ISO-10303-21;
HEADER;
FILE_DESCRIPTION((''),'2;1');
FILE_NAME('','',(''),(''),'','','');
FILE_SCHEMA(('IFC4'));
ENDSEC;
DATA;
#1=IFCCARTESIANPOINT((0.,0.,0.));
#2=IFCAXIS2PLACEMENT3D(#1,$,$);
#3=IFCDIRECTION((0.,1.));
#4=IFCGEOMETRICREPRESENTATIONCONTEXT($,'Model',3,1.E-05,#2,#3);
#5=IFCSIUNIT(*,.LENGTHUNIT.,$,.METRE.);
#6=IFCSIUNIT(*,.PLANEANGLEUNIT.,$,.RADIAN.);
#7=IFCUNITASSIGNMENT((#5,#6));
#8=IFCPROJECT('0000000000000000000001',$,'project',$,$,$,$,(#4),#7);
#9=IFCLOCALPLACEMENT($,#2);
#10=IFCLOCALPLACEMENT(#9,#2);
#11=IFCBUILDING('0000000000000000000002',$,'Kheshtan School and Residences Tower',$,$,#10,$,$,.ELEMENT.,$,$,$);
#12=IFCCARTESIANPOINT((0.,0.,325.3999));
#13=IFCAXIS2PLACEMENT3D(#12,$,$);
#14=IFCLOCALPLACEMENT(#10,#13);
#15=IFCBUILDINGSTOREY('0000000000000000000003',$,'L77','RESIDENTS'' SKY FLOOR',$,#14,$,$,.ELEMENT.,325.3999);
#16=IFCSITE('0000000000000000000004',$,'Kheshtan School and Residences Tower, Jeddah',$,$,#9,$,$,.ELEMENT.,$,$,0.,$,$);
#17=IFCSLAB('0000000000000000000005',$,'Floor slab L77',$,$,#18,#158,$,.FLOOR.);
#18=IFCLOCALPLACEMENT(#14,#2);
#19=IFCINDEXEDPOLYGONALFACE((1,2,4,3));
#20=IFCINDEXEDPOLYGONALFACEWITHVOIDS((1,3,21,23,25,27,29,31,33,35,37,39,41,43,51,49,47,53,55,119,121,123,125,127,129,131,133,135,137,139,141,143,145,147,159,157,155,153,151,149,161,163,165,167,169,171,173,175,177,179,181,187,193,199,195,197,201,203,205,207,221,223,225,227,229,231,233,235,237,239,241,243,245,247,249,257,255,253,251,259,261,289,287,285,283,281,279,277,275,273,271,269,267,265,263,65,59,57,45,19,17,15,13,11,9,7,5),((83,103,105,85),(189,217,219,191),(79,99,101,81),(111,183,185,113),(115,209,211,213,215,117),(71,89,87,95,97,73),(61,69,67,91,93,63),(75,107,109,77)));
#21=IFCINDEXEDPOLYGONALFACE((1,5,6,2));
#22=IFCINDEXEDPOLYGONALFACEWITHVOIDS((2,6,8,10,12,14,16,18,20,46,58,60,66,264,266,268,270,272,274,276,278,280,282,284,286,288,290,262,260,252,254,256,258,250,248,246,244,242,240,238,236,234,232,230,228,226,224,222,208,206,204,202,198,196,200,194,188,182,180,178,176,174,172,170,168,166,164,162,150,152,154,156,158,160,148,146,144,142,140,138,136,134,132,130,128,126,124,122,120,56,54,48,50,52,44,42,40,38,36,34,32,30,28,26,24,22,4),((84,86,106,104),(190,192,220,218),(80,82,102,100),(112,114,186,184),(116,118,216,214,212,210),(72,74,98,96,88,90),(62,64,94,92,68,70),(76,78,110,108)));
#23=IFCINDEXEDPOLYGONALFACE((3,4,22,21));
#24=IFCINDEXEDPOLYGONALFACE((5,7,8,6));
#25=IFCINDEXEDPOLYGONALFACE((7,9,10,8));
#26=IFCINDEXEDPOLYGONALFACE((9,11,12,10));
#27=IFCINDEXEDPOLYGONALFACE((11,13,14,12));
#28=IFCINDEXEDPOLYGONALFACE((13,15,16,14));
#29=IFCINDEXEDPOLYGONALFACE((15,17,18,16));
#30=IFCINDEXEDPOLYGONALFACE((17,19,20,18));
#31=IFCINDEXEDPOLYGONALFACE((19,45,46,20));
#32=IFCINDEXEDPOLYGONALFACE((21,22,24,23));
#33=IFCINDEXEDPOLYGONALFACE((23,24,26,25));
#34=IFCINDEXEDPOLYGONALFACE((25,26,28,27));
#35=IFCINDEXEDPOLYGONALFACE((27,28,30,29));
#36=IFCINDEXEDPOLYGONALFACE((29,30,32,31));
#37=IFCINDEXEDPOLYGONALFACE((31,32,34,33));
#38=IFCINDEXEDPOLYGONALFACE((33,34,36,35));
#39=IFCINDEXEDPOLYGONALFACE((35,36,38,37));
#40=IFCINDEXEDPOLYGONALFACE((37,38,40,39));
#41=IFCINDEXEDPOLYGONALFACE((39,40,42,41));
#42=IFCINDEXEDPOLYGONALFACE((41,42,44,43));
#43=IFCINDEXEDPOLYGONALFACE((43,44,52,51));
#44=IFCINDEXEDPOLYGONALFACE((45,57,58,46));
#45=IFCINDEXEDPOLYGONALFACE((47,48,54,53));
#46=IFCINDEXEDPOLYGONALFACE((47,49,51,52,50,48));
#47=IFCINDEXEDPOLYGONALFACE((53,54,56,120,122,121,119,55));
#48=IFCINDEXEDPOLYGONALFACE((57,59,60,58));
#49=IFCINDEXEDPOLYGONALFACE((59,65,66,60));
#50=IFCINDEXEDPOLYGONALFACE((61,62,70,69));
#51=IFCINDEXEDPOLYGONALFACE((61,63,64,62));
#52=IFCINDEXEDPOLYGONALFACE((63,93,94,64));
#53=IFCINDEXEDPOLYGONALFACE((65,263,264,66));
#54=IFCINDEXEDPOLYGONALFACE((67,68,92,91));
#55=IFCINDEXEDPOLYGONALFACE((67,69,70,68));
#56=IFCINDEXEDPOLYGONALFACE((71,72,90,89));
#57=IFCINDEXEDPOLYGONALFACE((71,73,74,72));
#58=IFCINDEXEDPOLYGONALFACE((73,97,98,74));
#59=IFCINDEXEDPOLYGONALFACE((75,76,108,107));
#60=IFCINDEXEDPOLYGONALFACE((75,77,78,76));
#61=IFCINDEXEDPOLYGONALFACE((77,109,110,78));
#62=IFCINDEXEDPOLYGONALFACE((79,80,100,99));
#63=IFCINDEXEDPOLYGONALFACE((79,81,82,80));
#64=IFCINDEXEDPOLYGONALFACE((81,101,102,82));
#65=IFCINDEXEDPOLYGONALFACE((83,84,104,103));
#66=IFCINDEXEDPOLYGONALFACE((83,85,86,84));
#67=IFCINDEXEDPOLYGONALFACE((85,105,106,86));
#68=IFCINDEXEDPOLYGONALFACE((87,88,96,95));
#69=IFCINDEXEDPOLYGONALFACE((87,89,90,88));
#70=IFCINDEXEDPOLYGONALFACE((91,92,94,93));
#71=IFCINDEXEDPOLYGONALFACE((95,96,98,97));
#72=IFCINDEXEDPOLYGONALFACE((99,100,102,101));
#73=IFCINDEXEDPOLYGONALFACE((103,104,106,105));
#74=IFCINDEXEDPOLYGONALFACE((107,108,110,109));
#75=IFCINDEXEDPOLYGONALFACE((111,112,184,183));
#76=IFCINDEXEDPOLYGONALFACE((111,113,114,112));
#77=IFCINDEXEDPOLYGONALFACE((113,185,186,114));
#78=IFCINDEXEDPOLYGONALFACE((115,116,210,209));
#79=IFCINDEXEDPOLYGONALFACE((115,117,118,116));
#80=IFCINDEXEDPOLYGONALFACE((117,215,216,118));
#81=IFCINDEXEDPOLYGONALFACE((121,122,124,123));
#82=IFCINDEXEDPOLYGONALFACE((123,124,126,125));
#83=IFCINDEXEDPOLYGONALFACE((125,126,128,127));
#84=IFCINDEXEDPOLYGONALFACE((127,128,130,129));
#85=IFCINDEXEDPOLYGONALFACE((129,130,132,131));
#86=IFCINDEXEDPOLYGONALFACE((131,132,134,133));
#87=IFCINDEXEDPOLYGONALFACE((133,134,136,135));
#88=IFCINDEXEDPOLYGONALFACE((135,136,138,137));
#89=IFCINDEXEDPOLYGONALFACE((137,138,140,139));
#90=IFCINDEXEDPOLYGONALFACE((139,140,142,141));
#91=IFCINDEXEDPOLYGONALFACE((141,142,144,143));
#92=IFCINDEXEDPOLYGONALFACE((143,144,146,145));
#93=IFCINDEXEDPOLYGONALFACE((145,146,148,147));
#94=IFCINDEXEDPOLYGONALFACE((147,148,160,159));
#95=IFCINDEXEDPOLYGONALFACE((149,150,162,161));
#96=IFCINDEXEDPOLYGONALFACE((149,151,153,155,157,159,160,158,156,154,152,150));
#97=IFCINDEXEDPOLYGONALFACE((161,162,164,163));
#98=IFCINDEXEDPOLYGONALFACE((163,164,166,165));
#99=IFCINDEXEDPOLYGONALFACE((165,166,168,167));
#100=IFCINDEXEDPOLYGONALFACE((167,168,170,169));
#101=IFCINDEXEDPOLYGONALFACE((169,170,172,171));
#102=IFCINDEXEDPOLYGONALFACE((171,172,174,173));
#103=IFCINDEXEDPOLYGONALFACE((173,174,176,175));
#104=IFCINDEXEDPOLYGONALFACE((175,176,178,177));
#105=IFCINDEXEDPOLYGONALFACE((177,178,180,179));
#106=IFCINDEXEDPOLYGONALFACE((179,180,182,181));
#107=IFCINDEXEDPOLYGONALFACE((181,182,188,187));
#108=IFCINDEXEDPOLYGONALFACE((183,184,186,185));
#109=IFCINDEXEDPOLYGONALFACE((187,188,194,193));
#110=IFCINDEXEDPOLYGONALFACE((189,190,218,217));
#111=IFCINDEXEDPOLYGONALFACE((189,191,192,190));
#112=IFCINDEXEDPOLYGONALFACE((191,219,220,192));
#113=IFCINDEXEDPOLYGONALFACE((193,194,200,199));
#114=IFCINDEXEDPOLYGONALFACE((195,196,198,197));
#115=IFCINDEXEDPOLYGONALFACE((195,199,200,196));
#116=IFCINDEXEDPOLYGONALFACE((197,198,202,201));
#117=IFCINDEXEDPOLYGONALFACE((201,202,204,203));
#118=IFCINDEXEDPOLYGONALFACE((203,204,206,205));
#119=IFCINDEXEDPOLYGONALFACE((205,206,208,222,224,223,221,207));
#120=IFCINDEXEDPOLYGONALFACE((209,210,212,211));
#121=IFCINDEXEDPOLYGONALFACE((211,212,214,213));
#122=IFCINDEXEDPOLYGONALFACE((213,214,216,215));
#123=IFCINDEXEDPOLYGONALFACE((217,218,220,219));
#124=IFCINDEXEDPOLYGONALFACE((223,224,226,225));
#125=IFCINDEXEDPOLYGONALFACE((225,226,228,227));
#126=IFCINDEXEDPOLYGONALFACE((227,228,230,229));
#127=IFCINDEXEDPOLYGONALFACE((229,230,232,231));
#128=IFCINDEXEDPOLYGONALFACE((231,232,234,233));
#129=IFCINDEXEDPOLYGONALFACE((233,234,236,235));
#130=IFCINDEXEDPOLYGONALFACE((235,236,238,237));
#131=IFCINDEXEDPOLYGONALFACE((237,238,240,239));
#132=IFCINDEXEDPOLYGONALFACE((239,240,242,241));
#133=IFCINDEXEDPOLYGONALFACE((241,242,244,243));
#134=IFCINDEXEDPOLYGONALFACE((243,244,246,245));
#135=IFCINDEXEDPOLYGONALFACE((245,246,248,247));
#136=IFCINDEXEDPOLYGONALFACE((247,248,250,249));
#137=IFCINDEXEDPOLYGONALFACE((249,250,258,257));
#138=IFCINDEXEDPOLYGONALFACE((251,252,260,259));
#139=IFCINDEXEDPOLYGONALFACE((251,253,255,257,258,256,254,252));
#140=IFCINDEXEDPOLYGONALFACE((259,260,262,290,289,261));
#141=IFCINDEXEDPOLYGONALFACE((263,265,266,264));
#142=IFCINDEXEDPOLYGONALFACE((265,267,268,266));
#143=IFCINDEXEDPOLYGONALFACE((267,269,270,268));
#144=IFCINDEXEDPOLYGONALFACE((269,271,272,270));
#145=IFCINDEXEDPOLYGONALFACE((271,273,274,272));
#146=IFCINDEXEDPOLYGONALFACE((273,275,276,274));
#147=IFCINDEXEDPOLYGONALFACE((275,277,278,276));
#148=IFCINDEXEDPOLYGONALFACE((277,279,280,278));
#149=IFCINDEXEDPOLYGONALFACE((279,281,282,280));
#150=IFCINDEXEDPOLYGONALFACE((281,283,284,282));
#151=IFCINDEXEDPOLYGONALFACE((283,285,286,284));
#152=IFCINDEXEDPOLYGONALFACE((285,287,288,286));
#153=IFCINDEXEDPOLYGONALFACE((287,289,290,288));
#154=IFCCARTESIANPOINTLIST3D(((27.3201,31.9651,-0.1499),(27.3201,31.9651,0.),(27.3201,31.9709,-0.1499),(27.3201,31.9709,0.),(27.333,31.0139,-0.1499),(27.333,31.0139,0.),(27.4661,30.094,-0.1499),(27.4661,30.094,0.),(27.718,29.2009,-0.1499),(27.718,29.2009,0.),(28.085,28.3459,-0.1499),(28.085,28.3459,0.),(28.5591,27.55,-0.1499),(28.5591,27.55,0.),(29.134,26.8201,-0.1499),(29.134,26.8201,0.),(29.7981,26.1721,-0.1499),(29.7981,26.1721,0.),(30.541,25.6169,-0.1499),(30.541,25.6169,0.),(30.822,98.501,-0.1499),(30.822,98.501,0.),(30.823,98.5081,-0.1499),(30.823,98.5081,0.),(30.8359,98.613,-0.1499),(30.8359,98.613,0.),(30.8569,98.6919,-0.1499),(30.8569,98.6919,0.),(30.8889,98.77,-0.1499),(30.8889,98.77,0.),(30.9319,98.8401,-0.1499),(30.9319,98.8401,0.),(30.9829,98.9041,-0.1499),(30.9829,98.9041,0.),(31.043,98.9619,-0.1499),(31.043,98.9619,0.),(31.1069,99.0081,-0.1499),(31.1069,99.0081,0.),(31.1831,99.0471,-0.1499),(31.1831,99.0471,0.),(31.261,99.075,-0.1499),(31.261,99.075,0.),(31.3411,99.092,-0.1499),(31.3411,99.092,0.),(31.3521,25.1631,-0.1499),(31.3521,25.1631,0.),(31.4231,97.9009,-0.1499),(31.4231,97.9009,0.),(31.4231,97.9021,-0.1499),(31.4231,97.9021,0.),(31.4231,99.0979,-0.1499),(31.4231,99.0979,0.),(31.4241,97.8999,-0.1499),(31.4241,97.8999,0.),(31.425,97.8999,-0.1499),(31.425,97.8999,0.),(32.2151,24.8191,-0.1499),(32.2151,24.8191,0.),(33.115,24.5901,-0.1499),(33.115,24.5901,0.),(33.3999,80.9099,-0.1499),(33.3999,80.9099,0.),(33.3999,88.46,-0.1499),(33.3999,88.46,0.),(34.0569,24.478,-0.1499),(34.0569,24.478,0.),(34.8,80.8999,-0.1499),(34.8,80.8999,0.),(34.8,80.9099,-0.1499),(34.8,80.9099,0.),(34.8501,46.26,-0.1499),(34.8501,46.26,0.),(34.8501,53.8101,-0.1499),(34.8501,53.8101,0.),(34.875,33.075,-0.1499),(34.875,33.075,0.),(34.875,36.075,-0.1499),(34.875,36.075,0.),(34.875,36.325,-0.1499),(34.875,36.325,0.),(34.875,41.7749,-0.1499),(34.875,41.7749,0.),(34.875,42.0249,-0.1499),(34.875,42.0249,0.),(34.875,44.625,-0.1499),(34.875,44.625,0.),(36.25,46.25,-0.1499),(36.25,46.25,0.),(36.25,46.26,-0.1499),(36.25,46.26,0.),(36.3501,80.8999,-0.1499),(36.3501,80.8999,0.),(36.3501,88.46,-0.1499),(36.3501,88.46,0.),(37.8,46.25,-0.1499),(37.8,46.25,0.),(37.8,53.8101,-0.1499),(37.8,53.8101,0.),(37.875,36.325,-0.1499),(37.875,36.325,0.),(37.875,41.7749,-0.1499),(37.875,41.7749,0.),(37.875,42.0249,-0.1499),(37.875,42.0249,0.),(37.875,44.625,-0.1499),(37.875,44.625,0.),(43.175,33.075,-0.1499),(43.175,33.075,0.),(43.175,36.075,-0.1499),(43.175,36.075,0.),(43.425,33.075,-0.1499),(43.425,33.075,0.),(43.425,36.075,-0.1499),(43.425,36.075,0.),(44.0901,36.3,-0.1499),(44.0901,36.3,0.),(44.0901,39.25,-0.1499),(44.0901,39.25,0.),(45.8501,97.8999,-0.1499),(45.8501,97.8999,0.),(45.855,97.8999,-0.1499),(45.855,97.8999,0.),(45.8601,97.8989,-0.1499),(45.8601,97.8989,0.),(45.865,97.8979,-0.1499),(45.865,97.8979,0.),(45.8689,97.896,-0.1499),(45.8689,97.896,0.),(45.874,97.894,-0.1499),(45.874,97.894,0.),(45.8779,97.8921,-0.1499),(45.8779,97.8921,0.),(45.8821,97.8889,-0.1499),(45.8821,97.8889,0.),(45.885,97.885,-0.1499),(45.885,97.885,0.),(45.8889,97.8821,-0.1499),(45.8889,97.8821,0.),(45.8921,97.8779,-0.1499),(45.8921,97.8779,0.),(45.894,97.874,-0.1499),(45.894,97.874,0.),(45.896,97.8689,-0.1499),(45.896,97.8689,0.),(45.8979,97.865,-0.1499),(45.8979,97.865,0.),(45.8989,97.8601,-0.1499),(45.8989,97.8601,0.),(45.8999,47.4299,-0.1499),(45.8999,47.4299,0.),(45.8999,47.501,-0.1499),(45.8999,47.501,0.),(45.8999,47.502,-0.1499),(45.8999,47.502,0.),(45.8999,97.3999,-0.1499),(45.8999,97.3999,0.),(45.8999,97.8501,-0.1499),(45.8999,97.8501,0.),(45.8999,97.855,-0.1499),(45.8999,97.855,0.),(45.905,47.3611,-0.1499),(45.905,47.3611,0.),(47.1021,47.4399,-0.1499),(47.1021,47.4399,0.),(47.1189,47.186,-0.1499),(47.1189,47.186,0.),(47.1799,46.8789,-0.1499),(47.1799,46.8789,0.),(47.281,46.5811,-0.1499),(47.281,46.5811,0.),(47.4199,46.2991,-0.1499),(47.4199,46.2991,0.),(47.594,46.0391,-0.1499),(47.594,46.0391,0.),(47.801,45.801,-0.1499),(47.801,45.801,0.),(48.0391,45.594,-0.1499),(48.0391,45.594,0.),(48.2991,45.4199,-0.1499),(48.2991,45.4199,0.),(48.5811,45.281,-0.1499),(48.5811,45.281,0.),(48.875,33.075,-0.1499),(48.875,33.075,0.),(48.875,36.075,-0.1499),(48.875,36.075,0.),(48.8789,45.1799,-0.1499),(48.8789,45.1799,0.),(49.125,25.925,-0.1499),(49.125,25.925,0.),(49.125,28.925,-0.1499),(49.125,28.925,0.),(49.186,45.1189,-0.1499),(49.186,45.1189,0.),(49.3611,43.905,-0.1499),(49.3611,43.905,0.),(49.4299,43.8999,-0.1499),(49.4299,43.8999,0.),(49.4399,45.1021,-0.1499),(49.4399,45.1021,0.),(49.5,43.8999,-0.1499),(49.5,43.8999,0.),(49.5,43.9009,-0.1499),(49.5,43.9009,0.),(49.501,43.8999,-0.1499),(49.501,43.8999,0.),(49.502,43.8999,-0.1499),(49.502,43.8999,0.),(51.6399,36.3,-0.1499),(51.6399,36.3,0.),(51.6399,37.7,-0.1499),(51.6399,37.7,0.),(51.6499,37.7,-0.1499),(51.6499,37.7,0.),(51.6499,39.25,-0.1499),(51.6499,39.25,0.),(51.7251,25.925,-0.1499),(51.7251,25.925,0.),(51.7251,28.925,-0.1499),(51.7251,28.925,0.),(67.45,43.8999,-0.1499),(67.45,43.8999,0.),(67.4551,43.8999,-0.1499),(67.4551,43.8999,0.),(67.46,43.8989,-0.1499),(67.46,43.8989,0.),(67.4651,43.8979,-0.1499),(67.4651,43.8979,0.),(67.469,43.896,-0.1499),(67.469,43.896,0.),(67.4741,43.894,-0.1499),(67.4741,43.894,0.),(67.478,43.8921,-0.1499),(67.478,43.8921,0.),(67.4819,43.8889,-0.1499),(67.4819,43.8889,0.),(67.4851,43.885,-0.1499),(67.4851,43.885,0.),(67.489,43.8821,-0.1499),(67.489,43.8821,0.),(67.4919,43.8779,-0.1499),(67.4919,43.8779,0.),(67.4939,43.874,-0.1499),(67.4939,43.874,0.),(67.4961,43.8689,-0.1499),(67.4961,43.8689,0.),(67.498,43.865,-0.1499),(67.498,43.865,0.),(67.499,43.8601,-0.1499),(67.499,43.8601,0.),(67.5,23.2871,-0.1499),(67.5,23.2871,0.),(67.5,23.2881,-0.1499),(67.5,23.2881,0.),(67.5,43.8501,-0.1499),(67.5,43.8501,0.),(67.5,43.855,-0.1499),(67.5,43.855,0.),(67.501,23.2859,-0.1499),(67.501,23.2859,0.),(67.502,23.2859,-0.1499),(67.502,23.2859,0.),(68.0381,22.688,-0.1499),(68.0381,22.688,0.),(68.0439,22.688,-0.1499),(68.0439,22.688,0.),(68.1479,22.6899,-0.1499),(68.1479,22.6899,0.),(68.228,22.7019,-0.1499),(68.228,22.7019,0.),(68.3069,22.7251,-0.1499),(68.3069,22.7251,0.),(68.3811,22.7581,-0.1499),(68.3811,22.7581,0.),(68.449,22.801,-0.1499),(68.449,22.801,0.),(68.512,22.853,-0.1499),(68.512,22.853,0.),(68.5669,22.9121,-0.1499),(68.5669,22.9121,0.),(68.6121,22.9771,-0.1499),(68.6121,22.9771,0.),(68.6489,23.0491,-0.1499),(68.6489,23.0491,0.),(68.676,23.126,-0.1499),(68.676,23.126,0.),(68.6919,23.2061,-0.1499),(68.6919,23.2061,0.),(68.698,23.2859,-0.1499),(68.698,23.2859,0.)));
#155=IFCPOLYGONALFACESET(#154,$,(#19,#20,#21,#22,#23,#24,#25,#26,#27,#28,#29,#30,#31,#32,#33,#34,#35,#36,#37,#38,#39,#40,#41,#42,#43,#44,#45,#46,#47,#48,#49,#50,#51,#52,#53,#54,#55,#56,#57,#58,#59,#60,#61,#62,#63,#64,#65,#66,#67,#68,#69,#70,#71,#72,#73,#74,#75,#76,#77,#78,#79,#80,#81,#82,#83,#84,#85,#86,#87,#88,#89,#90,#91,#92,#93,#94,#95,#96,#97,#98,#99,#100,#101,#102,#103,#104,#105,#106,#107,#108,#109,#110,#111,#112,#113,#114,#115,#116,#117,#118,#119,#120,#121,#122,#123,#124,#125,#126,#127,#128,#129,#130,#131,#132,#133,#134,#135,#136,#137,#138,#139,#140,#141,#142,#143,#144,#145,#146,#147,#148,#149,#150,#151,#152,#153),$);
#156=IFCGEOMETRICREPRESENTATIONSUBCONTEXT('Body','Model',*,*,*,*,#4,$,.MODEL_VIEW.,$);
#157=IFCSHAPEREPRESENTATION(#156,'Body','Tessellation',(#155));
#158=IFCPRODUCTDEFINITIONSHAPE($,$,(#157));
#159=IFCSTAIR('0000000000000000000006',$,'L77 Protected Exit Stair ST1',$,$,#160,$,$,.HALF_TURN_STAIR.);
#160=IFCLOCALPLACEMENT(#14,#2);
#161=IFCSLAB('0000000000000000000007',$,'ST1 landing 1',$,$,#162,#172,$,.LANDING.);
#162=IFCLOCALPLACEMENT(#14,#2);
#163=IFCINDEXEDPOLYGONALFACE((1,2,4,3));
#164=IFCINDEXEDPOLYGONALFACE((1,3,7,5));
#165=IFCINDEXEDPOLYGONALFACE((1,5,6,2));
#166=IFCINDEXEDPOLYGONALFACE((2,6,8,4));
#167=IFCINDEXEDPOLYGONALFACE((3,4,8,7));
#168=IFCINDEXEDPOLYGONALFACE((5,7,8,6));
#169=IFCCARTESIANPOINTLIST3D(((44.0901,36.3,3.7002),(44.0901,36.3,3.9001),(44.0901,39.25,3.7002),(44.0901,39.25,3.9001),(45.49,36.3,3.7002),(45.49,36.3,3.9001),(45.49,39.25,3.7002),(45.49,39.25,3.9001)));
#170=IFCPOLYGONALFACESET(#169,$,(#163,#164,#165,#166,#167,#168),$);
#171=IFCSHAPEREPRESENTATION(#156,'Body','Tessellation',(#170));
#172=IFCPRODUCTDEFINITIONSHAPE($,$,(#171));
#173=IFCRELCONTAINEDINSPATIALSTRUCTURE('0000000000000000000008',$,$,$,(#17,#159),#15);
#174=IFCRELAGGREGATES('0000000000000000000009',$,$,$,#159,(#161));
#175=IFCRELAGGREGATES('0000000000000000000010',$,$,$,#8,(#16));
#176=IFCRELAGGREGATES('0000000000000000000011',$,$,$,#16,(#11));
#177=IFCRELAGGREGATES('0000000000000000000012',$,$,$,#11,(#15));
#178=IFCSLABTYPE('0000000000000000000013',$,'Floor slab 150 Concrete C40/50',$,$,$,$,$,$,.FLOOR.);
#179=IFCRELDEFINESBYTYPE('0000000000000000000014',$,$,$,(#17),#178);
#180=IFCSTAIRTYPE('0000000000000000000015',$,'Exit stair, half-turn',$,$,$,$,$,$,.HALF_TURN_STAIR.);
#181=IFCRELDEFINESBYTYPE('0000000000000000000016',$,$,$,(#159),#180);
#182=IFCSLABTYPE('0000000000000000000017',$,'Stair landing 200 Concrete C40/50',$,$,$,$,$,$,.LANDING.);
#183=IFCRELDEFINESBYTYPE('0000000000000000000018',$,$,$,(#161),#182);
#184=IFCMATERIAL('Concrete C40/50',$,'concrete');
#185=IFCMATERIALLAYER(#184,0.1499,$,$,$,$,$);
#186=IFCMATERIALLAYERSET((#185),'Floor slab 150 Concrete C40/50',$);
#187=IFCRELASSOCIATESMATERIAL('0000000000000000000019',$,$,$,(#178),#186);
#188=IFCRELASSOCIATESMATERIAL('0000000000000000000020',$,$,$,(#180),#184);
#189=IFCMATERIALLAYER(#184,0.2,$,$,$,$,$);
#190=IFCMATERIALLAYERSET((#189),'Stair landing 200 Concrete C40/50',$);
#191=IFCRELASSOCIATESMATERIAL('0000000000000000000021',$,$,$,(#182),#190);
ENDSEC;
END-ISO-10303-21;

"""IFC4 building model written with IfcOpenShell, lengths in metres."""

from ifc_helpers import new_model, si_unit, direction, frame, origin, place, context, subcontext, project, spatial, polyline, outline, extrude, material, layer, layer_set, type_object, element, aggregate, save


model = new_model("IFC4")

# Units and contexts
model_context = context("Model", 3, precision=1e-05, world=origin(), true_north=direction((0.0, 1.0)))
body_context = subcontext(model_context, "Body", "Model", "MODEL_VIEW")
ifc_project = project(units=[si_unit("LENGTHUNIT", "METRE"), si_unit("PLANEANGLEUNIT", "RADIAN")], contexts=[model_context])

# Site, building, storey
site_placement = place(None, origin())
site = spatial("IfcSite", under=ifc_project, at=site_placement, Name="Kheshtan School and Residences Tower, Jeddah", CompositionType="ELEMENT", RefElevation=0.0)
building_placement = place(site_placement, origin())
building = spatial("IfcBuilding", under=site, at=building_placement, Name="Kheshtan School and Residences Tower", CompositionType="ELEMENT")
storey_placement = place(building_placement, frame((0.0, 0.0, 325.3999)))
storey = spatial("IfcBuildingStorey", under=building, at=storey_placement, Name="L77", Description="RESIDENTS' SKY FLOOR", CompositionType="ELEMENT", Elevation=325.3999)

# Slab
ifc_material_1 = material(Name="Concrete C40/50", Category="concrete")
ifc_layer_1 = layer(ifc_material_1, 0.1499)
ifc_layer_set_1 = layer_set([ifc_layer_1], Name="Floor slab 150 Concrete C40/50")
slab_type_1 = type_object("IfcSlabType", Name="Floor slab 150 Concrete C40/50", PredefinedType="FLOOR", material=ifc_layer_set_1)
slab_1_placement = place(storey_placement, frame((0.0, 0.0, -0.1499)))
element("IfcSlab", 1, at=slab_1_placement, inside=storey, type_object=slab_type_1, Name="Floor slab L77", PredefinedType="FLOOR", context=body_context, shape_type="SweptSolid", body=[
    extrude(outline(polyline([(30.8569, 98.6919), (30.8889, 98.77), (30.9319, 98.8401), (30.9829, 98.9041), (31.043, 98.9619), (31.1069, 99.0081), (31.1831, 99.0471), (31.261, 99.075), (31.3411, 99.092), (31.4231, 99.0979), (31.4231, 97.9021), (31.4231, 97.9009), (31.4241, 97.8999), (31.425, 97.8999), (45.8501, 97.8999), (45.855, 97.8999), (45.8601, 97.8989), (45.865, 97.8979), (45.8689, 97.896), (45.874, 97.894), (45.8779, 97.8921), (45.8821, 97.8889), (45.885, 97.885), (45.8889, 97.8821), (45.8921, 97.8779), (45.894, 97.874), (45.896, 97.8689), (45.8979, 97.865), (45.8989, 97.8601), (45.8999, 97.855), (45.8999, 97.8501), (45.8999, 97.3999), (45.8999, 47.502), (45.8999, 47.501), (45.8999, 47.4299), (45.905, 47.3611), (47.1021, 47.4399), (47.1189, 47.186), (47.1799, 46.8789), (47.281, 46.5811), (47.4199, 46.2991), (47.594, 46.0391), (47.801, 45.801), (48.0391, 45.594), (48.2991, 45.4199), (48.5811, 45.281), (48.8789, 45.1799), (49.186, 45.1189), (49.4399, 45.1021), (49.3611, 43.905), (49.4299, 43.8999), (49.5, 43.8999), (49.5, 43.9009), (49.501, 43.8999), (49.502, 43.8999), (67.45, 43.8999), (67.4551, 43.8999), (67.46, 43.8989), (67.4651, 43.8979), (67.469, 43.896), (67.4741, 43.894), (67.478, 43.8921), (67.4819, 43.8889), (67.4851, 43.885), (67.489, 43.8821), (67.4919, 43.8779), (67.4939, 43.874), (67.4961, 43.8689), (67.498, 43.865), (67.499, 43.8601), (67.5, 43.855), (67.5, 43.8501), (67.5, 23.2881), (67.5, 23.2871), (67.501, 23.2859), (67.502, 23.2859), (68.698, 23.2859), (68.6919, 23.2061), (68.676, 23.126), (68.6489, 23.0491), (68.6121, 22.9771), (68.5669, 22.9121), (68.512, 22.853), (68.449, 22.801), (68.3811, 22.7581), (68.3069, 22.7251), (68.228, 22.7019), (68.1479, 22.6899), (68.0439, 22.688), (68.0381, 22.688), (34.0569, 24.478), (33.115, 24.5901), (32.2151, 24.8191), (31.3521, 25.1631), (30.541, 25.6169), (29.7981, 26.1721), (29.134, 26.8201), (28.5591, 27.55), (28.085, 28.3459), (27.718, 29.2009), (27.4661, 30.094), (27.333, 31.0139), (27.3201, 31.9651), (27.3201, 31.9709), (30.822, 98.501), (30.823, 98.5081), (30.8359, 98.613), (30.8569, 98.6919)]), holes=[polyline([(51.7251, 28.925), (49.125, 28.925), (49.125, 25.925), (51.7251, 25.925), (51.7251, 28.925)]), polyline([(43.175, 33.075), (43.175, 36.075), (34.875, 36.075), (34.875, 33.075), (43.175, 33.075)]), polyline([(43.425, 36.075), (43.425, 33.075), (48.875, 33.075), (48.875, 36.075), (43.425, 36.075)]), polyline([(51.6499, 37.7), (51.6499, 39.25), (44.0901, 39.25), (44.0901, 36.3), (51.6399, 36.3), (51.6399, 37.7), (51.6499, 37.7)]), polyline([(37.875, 41.7749), (34.875, 41.7749), (34.875, 36.325), (37.875, 36.325), (37.875, 41.7749)]), polyline([(37.875, 44.625), (34.875, 44.625), (34.875, 42.0249), (37.875, 42.0249), (37.875, 44.625)]), polyline([(37.8, 53.8101), (34.8501, 53.8101), (34.8501, 46.26), (36.25, 46.26), (36.25, 46.25), (37.8, 46.25), (37.8, 53.8101)]), polyline([(36.3501, 88.46), (33.3999, 88.46), (33.3999, 80.9099), (34.8, 80.9099), (34.8, 80.8999), (36.3501, 80.8999), (36.3501, 88.46)])]), origin(), (0.0, 0.0, 1.0), 0.1499),
])

# Stair, slab
stair_type = type_object("IfcStairType", Name="Exit stair, half-turn", PredefinedType="HALF_TURN_STAIR", material=ifc_material_1)
stair_1_placement = place(storey_placement, origin())
stair_1 = element("IfcStair", 2, at=stair_1_placement, inside=storey, type_object=stair_type, Name="L77 Protected Exit Stair ST1", PredefinedType="HALF_TURN_STAIR")
ifc_layer_2 = layer(ifc_material_1, 0.2)
ifc_layer_set_2 = layer_set([ifc_layer_2], Name="Stair landing 200 Concrete C40/50")
slab_type_2 = type_object("IfcSlabType", Name="Stair landing 200 Concrete C40/50", PredefinedType="LANDING", material=ifc_layer_set_2)
slab_2_placement = place(storey_placement, frame((0.0, 0.0, 3.7002)))
slab_2 = element("IfcSlab", 3, at=slab_2_placement, type_object=slab_type_2, Name="ST1 landing 1", PredefinedType="LANDING", context=body_context, shape_type="SweptSolid", body=[
    extrude(outline(polyline([(45.49, 39.25), (44.0901, 39.25), (44.0901, 36.3), (45.49, 36.3), (45.49, 39.25)])), origin(), (0.0, 0.0, 1.0), 0.2),
])
aggregate(stair_1, [slab_2])

save(model, "model.ifc")
